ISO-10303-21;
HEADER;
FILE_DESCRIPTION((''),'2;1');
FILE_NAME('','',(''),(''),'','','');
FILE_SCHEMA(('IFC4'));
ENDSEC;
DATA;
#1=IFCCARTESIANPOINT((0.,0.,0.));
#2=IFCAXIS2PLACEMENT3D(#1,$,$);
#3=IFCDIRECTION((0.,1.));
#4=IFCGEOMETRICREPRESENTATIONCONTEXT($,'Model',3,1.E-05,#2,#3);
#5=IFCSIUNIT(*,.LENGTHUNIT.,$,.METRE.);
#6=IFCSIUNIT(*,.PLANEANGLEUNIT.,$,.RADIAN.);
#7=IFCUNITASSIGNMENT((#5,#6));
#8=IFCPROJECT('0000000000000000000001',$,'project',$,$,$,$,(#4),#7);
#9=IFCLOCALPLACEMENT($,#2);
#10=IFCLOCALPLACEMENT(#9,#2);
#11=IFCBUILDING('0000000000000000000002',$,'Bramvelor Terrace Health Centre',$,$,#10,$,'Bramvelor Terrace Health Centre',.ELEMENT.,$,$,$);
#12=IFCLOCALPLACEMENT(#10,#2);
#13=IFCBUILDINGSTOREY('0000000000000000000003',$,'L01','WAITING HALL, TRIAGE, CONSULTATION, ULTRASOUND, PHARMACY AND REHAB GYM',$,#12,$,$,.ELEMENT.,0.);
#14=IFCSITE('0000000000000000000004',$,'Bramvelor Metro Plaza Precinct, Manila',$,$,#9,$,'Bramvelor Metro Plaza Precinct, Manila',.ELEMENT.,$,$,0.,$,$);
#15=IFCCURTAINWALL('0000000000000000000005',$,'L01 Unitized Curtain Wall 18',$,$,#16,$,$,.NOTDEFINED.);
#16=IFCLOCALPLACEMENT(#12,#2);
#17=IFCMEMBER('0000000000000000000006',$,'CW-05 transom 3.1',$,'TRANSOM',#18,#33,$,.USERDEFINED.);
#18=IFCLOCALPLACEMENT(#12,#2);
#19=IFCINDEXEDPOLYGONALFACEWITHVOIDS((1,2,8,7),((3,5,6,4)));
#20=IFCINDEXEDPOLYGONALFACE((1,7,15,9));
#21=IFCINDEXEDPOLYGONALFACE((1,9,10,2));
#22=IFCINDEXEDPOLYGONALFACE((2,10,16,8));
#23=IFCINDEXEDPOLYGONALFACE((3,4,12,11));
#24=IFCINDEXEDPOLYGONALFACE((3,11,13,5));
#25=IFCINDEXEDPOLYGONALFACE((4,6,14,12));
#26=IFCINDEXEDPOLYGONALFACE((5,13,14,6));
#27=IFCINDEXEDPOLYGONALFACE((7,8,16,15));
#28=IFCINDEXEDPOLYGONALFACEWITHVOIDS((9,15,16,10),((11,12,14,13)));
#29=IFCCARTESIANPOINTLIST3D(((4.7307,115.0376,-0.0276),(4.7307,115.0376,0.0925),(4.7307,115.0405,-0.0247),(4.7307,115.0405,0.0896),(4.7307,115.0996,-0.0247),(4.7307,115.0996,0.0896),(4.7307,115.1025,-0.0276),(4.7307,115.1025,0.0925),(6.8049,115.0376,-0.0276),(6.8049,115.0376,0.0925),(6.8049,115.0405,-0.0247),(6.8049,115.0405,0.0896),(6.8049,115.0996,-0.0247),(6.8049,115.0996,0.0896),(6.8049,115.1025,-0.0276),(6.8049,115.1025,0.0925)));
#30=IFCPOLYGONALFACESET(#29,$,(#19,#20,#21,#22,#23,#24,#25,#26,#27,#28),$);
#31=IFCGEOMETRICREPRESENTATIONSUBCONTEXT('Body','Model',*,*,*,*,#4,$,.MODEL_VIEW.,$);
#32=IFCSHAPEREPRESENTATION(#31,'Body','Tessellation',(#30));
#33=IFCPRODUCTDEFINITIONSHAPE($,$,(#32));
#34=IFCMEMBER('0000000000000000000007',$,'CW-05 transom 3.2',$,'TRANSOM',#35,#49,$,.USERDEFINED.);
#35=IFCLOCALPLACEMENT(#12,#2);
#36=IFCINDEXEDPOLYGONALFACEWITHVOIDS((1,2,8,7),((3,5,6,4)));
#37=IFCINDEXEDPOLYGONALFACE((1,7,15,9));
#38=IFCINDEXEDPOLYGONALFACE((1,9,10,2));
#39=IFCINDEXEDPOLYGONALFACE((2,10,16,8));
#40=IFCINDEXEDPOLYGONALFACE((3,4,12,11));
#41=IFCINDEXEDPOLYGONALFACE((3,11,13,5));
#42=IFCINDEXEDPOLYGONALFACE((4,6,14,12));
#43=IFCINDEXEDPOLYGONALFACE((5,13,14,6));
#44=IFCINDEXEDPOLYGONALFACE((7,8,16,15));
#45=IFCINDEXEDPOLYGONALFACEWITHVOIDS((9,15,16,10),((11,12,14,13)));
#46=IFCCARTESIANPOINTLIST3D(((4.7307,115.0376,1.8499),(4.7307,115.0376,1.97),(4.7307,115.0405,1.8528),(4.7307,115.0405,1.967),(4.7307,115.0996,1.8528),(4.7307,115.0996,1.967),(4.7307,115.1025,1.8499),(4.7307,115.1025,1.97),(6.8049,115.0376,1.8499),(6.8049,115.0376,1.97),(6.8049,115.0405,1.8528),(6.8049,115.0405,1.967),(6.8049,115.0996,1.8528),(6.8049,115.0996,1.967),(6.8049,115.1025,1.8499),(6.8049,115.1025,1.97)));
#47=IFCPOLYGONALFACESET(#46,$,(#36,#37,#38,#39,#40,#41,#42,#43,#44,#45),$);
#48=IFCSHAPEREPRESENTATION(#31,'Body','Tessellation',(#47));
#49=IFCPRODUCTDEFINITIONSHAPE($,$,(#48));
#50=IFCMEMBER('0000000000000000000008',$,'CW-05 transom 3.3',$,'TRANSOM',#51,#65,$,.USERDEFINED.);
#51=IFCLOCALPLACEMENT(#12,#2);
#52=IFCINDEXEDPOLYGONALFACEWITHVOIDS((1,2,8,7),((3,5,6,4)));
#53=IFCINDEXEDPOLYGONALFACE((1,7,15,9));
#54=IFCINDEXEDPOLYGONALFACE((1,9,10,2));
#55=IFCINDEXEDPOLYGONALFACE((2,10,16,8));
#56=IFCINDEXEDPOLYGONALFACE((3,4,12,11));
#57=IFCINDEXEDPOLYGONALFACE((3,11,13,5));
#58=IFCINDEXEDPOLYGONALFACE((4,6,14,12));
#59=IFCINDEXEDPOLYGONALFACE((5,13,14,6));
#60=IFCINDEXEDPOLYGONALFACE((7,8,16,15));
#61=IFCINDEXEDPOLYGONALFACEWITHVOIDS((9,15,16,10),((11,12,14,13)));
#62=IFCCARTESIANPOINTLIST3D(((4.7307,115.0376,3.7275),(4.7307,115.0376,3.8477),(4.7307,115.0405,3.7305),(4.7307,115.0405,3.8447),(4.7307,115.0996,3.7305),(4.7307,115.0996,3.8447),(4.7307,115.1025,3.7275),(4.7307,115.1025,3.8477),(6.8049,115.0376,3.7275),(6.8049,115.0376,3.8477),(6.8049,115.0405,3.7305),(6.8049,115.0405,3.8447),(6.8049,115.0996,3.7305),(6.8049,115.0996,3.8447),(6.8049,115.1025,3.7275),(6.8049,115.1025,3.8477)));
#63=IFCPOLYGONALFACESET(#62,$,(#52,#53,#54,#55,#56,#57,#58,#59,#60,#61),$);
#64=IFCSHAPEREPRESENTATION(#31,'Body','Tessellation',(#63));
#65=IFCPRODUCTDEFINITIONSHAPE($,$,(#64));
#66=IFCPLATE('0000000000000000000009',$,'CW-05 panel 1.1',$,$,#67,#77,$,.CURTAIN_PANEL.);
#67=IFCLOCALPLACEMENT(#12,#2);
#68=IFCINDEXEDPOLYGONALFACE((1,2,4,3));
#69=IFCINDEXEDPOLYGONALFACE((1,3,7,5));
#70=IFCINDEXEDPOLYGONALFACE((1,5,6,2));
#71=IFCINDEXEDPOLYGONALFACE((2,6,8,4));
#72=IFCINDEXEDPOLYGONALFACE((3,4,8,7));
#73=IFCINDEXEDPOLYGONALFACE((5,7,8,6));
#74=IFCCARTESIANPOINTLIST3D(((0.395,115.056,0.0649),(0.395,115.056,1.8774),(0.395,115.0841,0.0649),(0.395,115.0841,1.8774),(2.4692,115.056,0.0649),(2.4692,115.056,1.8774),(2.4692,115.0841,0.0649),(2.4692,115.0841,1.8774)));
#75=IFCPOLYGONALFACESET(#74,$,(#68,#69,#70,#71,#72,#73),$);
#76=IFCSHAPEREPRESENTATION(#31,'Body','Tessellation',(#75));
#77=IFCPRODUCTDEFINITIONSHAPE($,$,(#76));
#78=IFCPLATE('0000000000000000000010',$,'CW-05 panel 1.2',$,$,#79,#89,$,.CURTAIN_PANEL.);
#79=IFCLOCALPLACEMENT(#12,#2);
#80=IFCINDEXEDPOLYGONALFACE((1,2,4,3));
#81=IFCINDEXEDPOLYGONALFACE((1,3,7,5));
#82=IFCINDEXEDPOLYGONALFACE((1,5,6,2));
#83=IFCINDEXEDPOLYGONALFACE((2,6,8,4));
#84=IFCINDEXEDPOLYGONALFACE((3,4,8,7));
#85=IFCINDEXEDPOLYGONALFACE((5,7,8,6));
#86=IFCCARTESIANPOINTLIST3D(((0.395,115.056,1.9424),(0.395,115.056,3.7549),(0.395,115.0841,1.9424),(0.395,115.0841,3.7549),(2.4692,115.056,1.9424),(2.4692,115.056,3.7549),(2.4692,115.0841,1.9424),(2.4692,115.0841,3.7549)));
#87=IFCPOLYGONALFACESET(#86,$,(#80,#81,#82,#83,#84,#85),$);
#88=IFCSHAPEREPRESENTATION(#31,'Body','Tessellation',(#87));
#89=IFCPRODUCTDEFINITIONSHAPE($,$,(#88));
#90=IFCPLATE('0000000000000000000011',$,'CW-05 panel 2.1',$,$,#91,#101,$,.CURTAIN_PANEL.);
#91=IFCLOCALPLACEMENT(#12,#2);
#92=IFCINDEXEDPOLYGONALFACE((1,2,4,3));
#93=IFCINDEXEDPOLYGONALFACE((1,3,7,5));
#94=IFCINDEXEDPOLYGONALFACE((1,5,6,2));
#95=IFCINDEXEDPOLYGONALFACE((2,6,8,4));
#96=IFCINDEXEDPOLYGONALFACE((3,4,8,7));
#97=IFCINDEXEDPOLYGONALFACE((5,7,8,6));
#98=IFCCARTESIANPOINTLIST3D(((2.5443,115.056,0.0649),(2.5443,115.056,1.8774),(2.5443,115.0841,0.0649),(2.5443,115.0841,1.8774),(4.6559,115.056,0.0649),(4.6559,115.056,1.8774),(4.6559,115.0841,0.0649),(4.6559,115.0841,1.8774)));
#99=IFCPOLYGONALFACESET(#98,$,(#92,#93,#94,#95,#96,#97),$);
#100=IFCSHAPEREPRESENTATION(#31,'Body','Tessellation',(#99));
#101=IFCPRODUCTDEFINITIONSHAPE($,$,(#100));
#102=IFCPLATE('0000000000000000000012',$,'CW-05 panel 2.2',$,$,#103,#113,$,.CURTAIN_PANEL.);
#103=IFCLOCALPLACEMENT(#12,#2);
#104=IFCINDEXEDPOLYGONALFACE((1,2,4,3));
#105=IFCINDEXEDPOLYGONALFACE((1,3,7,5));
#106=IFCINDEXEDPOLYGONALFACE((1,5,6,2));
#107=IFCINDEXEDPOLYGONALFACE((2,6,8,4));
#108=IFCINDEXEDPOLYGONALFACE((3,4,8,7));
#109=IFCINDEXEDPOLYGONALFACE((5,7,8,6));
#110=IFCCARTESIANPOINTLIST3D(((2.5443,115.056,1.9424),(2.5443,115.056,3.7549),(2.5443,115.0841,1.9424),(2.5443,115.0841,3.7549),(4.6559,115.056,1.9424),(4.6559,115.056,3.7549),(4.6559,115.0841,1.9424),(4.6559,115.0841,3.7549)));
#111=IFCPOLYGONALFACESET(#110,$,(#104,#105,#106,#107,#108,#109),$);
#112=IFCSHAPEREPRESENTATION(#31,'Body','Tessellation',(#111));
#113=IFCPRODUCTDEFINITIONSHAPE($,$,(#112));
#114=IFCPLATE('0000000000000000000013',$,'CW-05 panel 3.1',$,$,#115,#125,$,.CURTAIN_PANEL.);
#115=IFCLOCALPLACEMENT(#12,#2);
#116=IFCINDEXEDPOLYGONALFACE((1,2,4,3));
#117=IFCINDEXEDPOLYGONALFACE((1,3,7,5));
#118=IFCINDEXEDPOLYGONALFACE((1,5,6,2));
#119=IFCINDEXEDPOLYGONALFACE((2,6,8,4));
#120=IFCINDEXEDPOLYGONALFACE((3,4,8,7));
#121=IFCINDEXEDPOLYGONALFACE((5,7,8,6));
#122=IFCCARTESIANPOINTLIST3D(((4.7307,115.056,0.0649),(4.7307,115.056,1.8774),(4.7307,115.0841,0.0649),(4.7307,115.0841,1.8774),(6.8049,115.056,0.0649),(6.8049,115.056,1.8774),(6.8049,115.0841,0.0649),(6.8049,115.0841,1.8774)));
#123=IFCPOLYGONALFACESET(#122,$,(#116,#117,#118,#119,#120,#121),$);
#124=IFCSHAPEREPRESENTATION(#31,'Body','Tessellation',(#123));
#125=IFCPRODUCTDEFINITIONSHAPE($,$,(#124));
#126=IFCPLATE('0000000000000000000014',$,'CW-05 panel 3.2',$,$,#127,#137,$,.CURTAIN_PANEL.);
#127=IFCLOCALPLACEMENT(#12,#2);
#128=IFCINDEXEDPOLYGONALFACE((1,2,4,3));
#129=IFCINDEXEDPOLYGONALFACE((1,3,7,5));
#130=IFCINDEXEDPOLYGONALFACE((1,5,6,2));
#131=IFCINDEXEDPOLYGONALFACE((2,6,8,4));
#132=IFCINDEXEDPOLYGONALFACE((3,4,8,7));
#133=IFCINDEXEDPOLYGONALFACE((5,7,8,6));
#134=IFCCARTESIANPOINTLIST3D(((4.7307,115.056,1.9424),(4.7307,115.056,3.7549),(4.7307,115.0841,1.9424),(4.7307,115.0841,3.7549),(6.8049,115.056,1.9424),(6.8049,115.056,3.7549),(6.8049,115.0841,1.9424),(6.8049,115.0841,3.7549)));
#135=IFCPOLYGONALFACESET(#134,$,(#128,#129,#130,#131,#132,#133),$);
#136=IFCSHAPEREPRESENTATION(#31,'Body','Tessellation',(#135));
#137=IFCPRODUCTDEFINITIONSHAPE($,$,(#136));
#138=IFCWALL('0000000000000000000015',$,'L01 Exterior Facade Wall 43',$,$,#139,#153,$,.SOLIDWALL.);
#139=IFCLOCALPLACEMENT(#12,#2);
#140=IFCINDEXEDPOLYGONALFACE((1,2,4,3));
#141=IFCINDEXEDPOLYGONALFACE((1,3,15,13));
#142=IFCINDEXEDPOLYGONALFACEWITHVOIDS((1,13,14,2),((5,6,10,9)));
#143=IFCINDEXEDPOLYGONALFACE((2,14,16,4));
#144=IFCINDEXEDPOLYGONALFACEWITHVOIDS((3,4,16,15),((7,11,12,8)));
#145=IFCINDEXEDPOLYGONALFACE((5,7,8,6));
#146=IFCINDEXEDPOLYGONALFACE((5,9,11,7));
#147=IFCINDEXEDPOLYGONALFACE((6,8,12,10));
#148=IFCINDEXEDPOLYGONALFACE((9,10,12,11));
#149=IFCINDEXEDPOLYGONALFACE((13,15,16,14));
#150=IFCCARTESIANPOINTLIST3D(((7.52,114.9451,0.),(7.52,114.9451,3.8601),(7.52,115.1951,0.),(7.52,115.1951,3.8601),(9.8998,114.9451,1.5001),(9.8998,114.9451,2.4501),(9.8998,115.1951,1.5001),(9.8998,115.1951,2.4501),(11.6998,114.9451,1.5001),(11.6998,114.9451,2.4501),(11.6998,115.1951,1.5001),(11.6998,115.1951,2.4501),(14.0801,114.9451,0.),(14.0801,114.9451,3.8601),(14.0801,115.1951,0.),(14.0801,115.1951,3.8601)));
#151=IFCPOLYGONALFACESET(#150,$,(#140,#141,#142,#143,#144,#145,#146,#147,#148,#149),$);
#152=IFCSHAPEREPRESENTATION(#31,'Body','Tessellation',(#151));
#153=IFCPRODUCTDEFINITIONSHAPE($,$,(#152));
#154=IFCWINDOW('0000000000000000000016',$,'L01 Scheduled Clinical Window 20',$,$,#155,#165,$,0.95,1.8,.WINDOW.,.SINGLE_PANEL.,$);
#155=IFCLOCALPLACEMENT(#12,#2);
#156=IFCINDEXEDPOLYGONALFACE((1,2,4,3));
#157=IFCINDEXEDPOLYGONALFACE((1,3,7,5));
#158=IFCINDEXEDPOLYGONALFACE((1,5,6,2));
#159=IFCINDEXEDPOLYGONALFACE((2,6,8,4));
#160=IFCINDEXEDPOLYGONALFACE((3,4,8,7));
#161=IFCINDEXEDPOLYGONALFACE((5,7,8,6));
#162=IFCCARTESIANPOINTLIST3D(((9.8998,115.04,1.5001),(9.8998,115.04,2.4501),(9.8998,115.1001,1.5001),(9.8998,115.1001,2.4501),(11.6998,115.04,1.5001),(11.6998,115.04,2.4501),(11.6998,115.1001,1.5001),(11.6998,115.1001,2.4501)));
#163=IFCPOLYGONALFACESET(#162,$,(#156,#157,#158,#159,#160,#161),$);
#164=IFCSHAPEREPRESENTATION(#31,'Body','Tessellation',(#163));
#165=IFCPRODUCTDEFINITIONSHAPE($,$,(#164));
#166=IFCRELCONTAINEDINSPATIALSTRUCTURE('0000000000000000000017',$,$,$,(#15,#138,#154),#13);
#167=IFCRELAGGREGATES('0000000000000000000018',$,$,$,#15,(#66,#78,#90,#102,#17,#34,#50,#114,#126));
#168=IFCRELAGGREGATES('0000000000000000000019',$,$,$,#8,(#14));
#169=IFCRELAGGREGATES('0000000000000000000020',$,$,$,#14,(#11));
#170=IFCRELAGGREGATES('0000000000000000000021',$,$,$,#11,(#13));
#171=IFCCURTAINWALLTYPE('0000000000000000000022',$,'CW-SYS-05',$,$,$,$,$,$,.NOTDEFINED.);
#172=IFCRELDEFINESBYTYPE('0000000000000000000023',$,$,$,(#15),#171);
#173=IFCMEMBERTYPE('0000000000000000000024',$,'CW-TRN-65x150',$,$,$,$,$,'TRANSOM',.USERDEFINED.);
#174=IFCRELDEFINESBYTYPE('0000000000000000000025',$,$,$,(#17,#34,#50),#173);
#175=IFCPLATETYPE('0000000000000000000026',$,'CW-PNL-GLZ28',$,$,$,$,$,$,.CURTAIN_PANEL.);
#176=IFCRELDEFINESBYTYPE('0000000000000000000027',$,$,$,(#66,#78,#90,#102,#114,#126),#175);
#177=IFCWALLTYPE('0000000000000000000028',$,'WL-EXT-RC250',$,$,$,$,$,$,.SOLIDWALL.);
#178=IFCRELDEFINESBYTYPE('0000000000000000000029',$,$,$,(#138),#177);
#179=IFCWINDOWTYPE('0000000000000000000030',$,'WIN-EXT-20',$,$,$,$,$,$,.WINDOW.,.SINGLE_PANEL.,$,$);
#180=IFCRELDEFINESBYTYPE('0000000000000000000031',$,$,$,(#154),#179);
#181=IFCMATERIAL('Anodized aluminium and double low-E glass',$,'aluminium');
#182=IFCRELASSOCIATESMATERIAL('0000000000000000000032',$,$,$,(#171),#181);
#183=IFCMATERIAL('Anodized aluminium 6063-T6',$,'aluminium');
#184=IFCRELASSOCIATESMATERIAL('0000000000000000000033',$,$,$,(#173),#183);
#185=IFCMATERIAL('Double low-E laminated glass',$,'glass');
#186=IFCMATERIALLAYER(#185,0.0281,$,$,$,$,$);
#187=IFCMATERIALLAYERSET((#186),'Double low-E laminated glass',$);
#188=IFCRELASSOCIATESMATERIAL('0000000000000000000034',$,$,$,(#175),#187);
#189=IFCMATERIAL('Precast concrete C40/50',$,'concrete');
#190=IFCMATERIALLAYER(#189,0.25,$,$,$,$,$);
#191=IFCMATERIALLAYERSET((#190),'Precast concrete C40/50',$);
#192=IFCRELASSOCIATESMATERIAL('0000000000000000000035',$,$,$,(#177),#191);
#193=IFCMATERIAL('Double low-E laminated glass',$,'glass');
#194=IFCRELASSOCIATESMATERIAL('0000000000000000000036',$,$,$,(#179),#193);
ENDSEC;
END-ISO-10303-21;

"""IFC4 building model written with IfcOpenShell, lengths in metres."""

from ifc_helpers import new_model, si_unit, direction, frame, frame_2d, origin, origin_2d, place, context, subcontext, project, spatial, rectangle, hollow_rectangle, extrude, material, layer, layer_set, material_profile, profile_set, type_object, element, fill, aggregate, save


model = new_model("IFC4")

# Units and contexts
model_context = context("Model", 3, precision=1e-05, world=origin(), true_north=direction((0.0, 1.0)))
body_context = subcontext(model_context, "Body", "Model", "MODEL_VIEW")
ifc_project = project(units=[si_unit("LENGTHUNIT", "METRE"), si_unit("PLANEANGLEUNIT", "RADIAN")], contexts=[model_context])

# Site, building, storey
site_placement = place(None, origin())
site = spatial("IfcSite", under=ifc_project, at=site_placement, Name="Bramvelor Metro Plaza Precinct, Manila", LongName="Bramvelor Metro Plaza Precinct, Manila", CompositionType="ELEMENT", RefElevation=0.0)
building_placement = place(site_placement, origin())
building = spatial("IfcBuilding", under=site, at=building_placement, Name="Bramvelor Terrace Health Centre", LongName="Bramvelor Terrace Health Centre", CompositionType="ELEMENT")
storey_placement = place(building_placement, origin())
storey = spatial("IfcBuildingStorey", under=building, at=storey_placement, Name="L01", Description="WAITING HALL, TRIAGE, CONSULTATION, ULTRASOUND, PHARMACY AND REHAB GYM", CompositionType="ELEMENT", Elevation=0.0)

# Curtain wall, members, plates
ifc_material_1 = material(Name="Anodized aluminium and double low-E glass", Category="aluminium")
curtain_wall_type = type_object("IfcCurtainWallType", Name="CW-SYS-05", PredefinedType="NOTDEFINED", material=ifc_material_1)
curtain_wall_placement = place(storey_placement, origin())
curtain_wall = element("IfcCurtainWall", 1, at=curtain_wall_placement, inside=storey, type_object=curtain_wall_type, Name="L01 Unitized Curtain Wall 18", PredefinedType="NOTDEFINED")
ifc_material_2 = material(Name="Anodized aluminium 6063-T6", Category="aluminium")
ifc_material_profile_1 = material_profile(ifc_material_2, hollow_rectangle(XDim=0.0649, YDim=0.1201, WallThickness=0.0029, at=origin_2d()), Name="ALU-TRN 65x120x3.0")
ifc_profile_set_1 = profile_set([ifc_material_profile_1], Name="Anodized aluminium 6063-T6")
member_type_1 = type_object("IfcMemberType", Name="CW-TRN-65x150", ElementType="TRANSOM", PredefinedType="USERDEFINED", material=ifc_profile_set_1)
member_1_placement = place(storey_placement, frame((4.7307, 115.0701, 0.0325), z_axis=(1.0, 0.0, 0.0), x_axis=(0.0, 1.0, 0.0)))
member_1 = element("IfcMember", 2, at=member_1_placement, type_object=member_type_1, Name="CW-05 transom 3.1", ObjectType="TRANSOM", PredefinedType="USERDEFINED", context=body_context, shape_type="SweptSolid", body=[
    extrude(hollow_rectangle(XDim=0.0649, YDim=0.1201, WallThickness=0.0029, at=origin_2d()), origin(), (0.0, 0.0, 1.0), 2.0742),
])
member_2_placement = place(storey_placement, frame((4.7307, 115.0701, 1.9099), z_axis=(1.0, 0.0, 0.0), x_axis=(0.0, 1.0, 0.0)))
member_2 = element("IfcMember", 3, at=member_2_placement, type_object=member_type_1, Name="CW-05 transom 3.2", ObjectType="TRANSOM", PredefinedType="USERDEFINED", context=body_context, shape_type="SweptSolid", body=[
    extrude(hollow_rectangle(XDim=0.0649, YDim=0.1201, WallThickness=0.0029, at=origin_2d()), origin(), (0.0, 0.0, 1.0), 2.0742),
])
member_3_placement = place(storey_placement, frame((4.7307, 115.0701, 3.7876), z_axis=(1.0, 0.0, 0.0), x_axis=(0.0, 1.0, 0.0)))
member_3 = element("IfcMember", 4, at=member_3_placement, type_object=member_type_1, Name="CW-05 transom 3.3", ObjectType="TRANSOM", PredefinedType="USERDEFINED", context=body_context, shape_type="SweptSolid", body=[
    extrude(hollow_rectangle(XDim=0.0649, YDim=0.1201, WallThickness=0.0029, at=origin_2d()), origin(), (0.0, 0.0, 1.0), 2.0742),
])
ifc_material_3 = material(Name="Double low-E laminated glass", Category="glass")
ifc_layer_1 = layer(ifc_material_3, 0.0281)
ifc_layer_set_1 = layer_set([ifc_layer_1], Name="Double low-E laminated glass")
plate_type = type_object("IfcPlateType", Name="CW-PNL-GLZ28", PredefinedType="CURTAIN_PANEL", material=ifc_layer_set_1)
plate_1_placement = place(storey_placement, frame((1.4321, 115.0701, 0.0649), z_axis=(0.0, 0.0, 1.0), x_axis=(1.0, 0.0, 0.0)))
plate_1 = element("IfcPlate", 5, at=plate_1_placement, type_object=plate_type, Name="CW-05 panel 1.1", PredefinedType="CURTAIN_PANEL", context=body_context, shape_type="SweptSolid", body=[
    extrude(rectangle(XDim=2.0742, YDim=0.0281, at=origin_2d()), origin(), (0.0, 0.0, 1.0), 1.8125),
])
plate_2_placement = place(storey_placement, frame((1.4321, 115.0701, 1.9424), z_axis=(0.0, 0.0, 1.0), x_axis=(1.0, 0.0, 0.0)))
plate_2 = element("IfcPlate", 6, at=plate_2_placement, type_object=plate_type, Name="CW-05 panel 1.2", PredefinedType="CURTAIN_PANEL", context=body_context, shape_type="SweptSolid", body=[
    extrude(rectangle(XDim=2.0742, YDim=0.0281, at=origin_2d()), origin(), (0.0, 0.0, 1.0), 1.8125),
])
plate_3_placement = place(storey_placement, frame((3.6001, 115.0701, 0.0649), z_axis=(0.0, 0.0, 1.0), x_axis=(1.0, 0.0, 0.0)))
plate_3 = element("IfcPlate", 7, at=plate_3_placement, type_object=plate_type, Name="CW-05 panel 2.1", PredefinedType="CURTAIN_PANEL", context=body_context, shape_type="SweptSolid", body=[
    extrude(rectangle(XDim=2.1116, YDim=0.0281, at=origin_2d()), origin(), (0.0, 0.0, 1.0), 1.8125),
])
plate_4_placement = place(storey_placement, frame((3.6001, 115.0701, 1.9424), z_axis=(0.0, 0.0, 1.0), x_axis=(1.0, 0.0, 0.0)))
plate_4 = element("IfcPlate", 8, at=plate_4_placement, type_object=plate_type, Name="CW-05 panel 2.2", PredefinedType="CURTAIN_PANEL", context=body_context, shape_type="SweptSolid", body=[
    extrude(rectangle(XDim=2.1116, YDim=0.0281, at=origin_2d()), origin(), (0.0, 0.0, 1.0), 1.8125),
])
plate_5_placement = place(storey_placement, frame((5.7678, 115.0701, 0.0649), z_axis=(0.0, 0.0, 1.0), x_axis=(1.0, 0.0, 0.0)))
plate_5 = element("IfcPlate", 9, at=plate_5_placement, type_object=plate_type, Name="CW-05 panel 3.1", PredefinedType="CURTAIN_PANEL", context=body_context, shape_type="SweptSolid", body=[
    extrude(rectangle(XDim=2.0742, YDim=0.0281, at=origin_2d()), origin(), (0.0, 0.0, 1.0), 1.8125),
])
plate_6_placement = place(storey_placement, frame((5.7678, 115.0701, 1.9424), z_axis=(0.0, 0.0, 1.0), x_axis=(1.0, 0.0, 0.0)))
plate_6 = element("IfcPlate", 10, at=plate_6_placement, type_object=plate_type, Name="CW-05 panel 3.2", PredefinedType="CURTAIN_PANEL", context=body_context, shape_type="SweptSolid", body=[
    extrude(rectangle(XDim=2.0742, YDim=0.0281, at=origin_2d()), origin(), (0.0, 0.0, 1.0), 1.8125),
])
aggregate(curtain_wall, [plate_1, plate_2, plate_3, plate_4, member_1, member_2, member_3, plate_5, plate_6])

# Wall, opening, window
ifc_material_4 = material(Name="Precast concrete C40/50", Category="concrete")
ifc_layer_2 = layer(ifc_material_4, 0.25)
ifc_layer_set_2 = layer_set([ifc_layer_2], Name="Precast concrete C40/50")
wall_type = type_object("IfcWallType", Name="WL-EXT-RC250", PredefinedType="SOLIDWALL", material=ifc_layer_set_2)
wall_placement = place(storey_placement, frame((7.52, 115.0701, 0.0), z_axis=(0.0, 0.0, 1.0), x_axis=(1.0, 0.0, 0.0)))
wall = element("IfcWall", 11, at=wall_placement, inside=storey, type_object=wall_type, Name="L01 Exterior Facade Wall 43", PredefinedType="SOLIDWALL", context=body_context, shape_type="SweptSolid", body=[
    extrude(rectangle(XDim=6.5601, YDim=0.25, at=frame_2d((3.28, 0.0))), origin(), (0.0, 0.0, 1.0), 3.8601),
])
opening_placement = place(wall_placement, frame((2.3799, 0.0, 1.5)))
opening = element("IfcOpeningElement", 12, at=opening_placement, cuts=wall, PredefinedType="OPENING", context=body_context, shape_type="SweptSolid", body=[
    extrude(rectangle(XDim=1.8, YDim=0.95, at=frame_2d((0.8999, 0.4751))), frame((0.0, 0.135, 0.0), z_axis=(0.0, -1.0, 0.0), x_axis=(1.0, 0.0, 0.0)), (0.0, 0.0, 1.0), 0.27),
])
ifc_material_5 = material(Name="Double low-E laminated glass", Category="glass")
window_type = type_object("IfcWindowType", Name="WIN-EXT-20", PartitioningType="SINGLE_PANEL", PredefinedType="WINDOW", material=ifc_material_5)
window_placement = place(opening_placement, origin())
window = element("IfcWindow", 13, at=window_placement, inside=storey, type_object=window_type, Name="L01 Scheduled Clinical Window 20", OverallHeight=0.95, OverallWidth=1.8, PartitioningType="SINGLE_PANEL", PredefinedType="WINDOW", context=body_context, shape_type="SweptSolid", body=[
    extrude(rectangle(XDim=1.8, YDim=0.95, at=frame_2d((0.8999, 0.4751))), frame((0.0, 0.03, 0.0), z_axis=(0.0, -1.0, 0.0), x_axis=(1.0, 0.0, 0.0)), (0.0, 0.0, 1.0), 0.0601),
])
fill(opening, window)

save(model, "model.ifc")
